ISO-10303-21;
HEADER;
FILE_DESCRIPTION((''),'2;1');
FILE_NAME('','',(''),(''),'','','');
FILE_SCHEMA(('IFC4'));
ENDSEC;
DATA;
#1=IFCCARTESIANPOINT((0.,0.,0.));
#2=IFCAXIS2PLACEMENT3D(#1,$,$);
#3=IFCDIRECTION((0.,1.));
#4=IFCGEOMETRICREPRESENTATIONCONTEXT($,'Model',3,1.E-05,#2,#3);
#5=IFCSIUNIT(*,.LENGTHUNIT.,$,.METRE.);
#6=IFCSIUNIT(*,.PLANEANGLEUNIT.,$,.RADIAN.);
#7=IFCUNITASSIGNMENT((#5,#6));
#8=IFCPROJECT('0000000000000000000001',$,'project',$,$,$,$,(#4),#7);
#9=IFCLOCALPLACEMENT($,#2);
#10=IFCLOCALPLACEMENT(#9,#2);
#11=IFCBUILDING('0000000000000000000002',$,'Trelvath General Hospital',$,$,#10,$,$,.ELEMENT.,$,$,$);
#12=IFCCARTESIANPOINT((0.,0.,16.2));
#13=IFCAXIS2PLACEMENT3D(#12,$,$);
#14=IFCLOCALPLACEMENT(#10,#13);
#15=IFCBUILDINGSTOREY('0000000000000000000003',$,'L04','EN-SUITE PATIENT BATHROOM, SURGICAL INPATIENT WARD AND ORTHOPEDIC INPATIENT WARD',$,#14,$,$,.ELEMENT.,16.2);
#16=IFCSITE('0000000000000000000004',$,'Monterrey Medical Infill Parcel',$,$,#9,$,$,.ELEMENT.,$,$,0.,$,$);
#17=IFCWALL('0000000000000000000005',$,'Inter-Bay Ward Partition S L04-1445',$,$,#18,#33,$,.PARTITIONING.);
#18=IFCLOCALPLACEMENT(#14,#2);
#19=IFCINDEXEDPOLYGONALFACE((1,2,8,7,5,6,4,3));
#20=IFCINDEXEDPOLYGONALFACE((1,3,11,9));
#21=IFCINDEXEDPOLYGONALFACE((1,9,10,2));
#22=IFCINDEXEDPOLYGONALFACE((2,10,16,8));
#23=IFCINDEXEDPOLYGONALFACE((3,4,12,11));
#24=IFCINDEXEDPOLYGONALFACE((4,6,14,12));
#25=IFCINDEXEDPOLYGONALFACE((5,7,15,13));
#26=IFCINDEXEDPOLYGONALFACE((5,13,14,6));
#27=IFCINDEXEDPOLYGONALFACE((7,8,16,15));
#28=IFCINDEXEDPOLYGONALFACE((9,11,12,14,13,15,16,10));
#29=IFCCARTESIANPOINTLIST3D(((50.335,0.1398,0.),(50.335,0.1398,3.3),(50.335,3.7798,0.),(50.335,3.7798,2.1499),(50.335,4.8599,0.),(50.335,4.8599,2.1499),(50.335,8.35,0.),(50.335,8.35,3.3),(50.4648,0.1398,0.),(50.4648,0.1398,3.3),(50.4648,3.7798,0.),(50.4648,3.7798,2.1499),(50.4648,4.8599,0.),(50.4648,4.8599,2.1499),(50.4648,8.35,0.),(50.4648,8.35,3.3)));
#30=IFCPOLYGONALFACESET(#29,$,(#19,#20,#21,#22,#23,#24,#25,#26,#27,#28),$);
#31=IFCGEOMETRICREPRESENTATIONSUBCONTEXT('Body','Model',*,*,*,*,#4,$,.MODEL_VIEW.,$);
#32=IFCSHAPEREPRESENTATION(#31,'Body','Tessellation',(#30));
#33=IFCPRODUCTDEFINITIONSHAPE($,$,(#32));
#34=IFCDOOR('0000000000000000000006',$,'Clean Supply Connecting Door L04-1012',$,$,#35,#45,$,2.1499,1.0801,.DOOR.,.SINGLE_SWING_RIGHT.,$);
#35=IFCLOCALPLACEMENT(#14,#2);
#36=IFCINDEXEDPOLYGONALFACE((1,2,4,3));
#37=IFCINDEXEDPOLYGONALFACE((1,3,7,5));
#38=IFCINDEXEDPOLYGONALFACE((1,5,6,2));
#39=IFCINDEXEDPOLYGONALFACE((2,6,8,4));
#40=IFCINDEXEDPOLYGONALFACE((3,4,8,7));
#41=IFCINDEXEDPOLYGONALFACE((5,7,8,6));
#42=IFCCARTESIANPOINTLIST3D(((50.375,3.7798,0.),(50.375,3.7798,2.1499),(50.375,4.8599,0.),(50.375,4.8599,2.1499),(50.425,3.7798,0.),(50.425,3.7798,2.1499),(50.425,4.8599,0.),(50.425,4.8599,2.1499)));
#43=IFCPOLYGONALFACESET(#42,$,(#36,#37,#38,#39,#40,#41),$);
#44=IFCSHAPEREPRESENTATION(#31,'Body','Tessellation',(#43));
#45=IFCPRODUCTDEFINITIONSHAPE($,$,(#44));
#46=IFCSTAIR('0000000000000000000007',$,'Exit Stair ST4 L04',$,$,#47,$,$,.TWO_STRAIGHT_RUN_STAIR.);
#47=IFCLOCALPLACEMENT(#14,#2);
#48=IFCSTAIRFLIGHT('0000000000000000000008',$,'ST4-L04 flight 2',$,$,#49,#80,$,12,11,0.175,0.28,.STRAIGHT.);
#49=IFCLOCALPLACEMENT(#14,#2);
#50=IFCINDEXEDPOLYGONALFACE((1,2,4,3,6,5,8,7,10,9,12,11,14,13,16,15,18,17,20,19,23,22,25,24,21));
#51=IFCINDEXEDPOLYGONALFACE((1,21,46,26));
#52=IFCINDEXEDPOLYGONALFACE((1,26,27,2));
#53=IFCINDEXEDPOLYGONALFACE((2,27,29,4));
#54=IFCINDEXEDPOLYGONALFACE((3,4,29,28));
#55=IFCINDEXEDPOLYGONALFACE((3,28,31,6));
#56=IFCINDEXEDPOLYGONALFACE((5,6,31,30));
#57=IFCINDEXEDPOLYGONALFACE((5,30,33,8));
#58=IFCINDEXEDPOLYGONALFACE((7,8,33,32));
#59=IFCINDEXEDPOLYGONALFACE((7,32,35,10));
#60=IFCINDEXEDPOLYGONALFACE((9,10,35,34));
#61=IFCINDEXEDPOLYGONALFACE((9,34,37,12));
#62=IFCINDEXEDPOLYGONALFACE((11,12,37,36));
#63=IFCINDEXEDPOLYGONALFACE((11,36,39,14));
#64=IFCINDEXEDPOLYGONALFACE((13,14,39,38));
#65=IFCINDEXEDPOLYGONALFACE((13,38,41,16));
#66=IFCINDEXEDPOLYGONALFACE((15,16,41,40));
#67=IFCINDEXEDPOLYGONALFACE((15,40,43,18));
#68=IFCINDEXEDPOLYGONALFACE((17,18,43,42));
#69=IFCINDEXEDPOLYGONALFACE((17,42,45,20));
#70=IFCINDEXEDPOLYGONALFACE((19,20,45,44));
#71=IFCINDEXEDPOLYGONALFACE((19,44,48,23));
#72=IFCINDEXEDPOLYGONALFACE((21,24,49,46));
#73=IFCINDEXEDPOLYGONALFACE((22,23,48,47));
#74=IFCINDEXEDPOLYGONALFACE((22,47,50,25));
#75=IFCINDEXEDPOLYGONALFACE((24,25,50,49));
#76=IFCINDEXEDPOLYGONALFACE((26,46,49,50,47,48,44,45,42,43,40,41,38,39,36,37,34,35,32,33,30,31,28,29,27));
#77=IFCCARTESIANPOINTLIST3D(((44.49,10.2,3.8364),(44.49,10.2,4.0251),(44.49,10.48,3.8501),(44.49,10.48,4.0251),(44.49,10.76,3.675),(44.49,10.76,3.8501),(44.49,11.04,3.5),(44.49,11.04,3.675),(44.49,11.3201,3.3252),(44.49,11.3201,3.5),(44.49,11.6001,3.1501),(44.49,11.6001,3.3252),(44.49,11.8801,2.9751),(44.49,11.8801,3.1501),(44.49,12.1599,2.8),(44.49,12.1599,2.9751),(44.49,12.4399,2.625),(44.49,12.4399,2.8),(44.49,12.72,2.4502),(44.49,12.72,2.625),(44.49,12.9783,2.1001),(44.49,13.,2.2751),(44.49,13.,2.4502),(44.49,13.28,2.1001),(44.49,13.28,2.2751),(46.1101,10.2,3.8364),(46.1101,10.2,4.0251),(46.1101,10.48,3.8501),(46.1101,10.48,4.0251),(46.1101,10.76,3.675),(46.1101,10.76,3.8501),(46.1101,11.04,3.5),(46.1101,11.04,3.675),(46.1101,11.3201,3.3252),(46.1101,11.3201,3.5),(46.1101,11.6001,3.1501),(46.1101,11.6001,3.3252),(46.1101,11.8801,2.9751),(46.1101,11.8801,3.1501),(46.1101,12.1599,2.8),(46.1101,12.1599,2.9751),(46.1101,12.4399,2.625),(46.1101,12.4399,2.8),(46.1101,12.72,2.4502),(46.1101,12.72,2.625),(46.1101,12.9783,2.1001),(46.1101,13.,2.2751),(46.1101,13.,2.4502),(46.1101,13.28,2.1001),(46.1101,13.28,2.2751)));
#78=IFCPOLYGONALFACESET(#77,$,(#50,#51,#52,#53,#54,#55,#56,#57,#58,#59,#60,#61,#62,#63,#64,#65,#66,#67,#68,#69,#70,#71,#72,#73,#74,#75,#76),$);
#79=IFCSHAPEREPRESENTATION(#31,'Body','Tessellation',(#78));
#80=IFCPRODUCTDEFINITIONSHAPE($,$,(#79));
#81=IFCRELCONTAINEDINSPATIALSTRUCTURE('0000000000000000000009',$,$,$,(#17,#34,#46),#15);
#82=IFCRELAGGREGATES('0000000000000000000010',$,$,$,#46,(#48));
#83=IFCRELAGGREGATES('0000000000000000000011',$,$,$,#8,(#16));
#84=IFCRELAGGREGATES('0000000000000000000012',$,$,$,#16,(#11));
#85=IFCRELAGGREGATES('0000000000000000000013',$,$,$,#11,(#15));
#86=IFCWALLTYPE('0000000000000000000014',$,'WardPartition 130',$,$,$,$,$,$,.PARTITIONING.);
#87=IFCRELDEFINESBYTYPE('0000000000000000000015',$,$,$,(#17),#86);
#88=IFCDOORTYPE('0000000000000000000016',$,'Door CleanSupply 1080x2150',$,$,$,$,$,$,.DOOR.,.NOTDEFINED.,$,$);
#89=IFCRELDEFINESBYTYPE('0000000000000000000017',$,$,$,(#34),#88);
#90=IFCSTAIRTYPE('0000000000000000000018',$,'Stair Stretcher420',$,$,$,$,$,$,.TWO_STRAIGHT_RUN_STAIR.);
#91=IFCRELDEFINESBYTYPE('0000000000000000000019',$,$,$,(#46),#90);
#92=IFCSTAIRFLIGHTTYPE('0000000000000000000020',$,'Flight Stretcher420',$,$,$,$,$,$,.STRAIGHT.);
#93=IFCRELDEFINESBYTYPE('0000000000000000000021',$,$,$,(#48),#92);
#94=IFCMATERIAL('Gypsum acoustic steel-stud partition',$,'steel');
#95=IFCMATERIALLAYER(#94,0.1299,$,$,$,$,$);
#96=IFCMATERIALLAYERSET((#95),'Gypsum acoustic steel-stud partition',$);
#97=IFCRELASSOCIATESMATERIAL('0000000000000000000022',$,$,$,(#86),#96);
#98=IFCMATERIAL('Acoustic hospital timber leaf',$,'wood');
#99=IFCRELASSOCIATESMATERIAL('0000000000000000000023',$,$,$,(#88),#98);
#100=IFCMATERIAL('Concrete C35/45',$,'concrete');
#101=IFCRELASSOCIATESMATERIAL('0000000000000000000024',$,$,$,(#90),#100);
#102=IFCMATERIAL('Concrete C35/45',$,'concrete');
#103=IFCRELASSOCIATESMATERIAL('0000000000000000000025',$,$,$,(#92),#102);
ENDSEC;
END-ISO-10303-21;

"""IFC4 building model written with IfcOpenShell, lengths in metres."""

from ifc_helpers import new_model, si_unit, direction, frame, frame_2d, origin, place, context, subcontext, project, spatial, polyline, rectangle, outline, extrude, material, layer, layer_set, type_object, element, fill, aggregate, save


model = new_model("IFC4")

# Units and contexts
model_context = context("Model", 3, precision=1e-05, world=origin(), true_north=direction((0.0, 1.0)))
body_context = subcontext(model_context, "Body", "Model", "MODEL_VIEW")
ifc_project = project(units=[si_unit("LENGTHUNIT", "METRE"), si_unit("PLANEANGLEUNIT", "RADIAN")], contexts=[model_context])

# Site, building, storey
site_placement = place(None, origin())
site = spatial("IfcSite", under=ifc_project, at=site_placement, Name="Monterrey Medical Infill Parcel", CompositionType="ELEMENT", RefElevation=0.0)
building_placement = place(site_placement, origin())
building = spatial("IfcBuilding", under=site, at=building_placement, Name="Trelvath General Hospital", CompositionType="ELEMENT")
storey_placement = place(building_placement, frame((0.0, 0.0, 16.2)))
storey = spatial("IfcBuildingStorey", under=building, at=storey_placement, Name="L04", Description="EN-SUITE PATIENT BATHROOM, SURGICAL INPATIENT WARD AND ORTHOPEDIC INPATIENT WARD", CompositionType="ELEMENT", Elevation=16.2)

# Wall, opening, door
ifc_material_1 = material(Name="Gypsum acoustic steel-stud partition", Category="steel")
ifc_layer_1 = layer(ifc_material_1, 0.1299)
ifc_layer_set_1 = layer_set([ifc_layer_1], Name="Gypsum acoustic steel-stud partition")
wall_type_1 = type_object("IfcWallType", Name="WardPartition 130", PredefinedType="PARTITIONING", material=ifc_layer_set_1)
wall_1_placement = place(storey_placement, frame((50.3999, 0.1399, 0.0), z_axis=(0.0, 0.0, 1.0), x_axis=(0.0, 1.0, 0.0)))
wall_1 = element("IfcWall", 1, at=wall_1_placement, inside=storey, type_object=wall_type_1, Name="Inter-Bay Ward Partition S L04-1445", PredefinedType="PARTITIONING", context=body_context, shape_type="SweptSolid", body=[
    extrude(rectangle(XDim=8.2102, YDim=0.1299, at=frame_2d((4.105, 0.0))), origin(), (0.0, 0.0, 1.0), 3.3),
])
opening_1_placement = place(wall_1_placement, frame((3.6399, 0.0, 0.0)))
opening_1 = element("IfcOpeningElement", 2, at=opening_1_placement, cuts=wall_1, PredefinedType="OPENING", context=body_context, shape_type="SweptSolid", body=[
    extrude(rectangle(XDim=1.0801, YDim=2.1499, at=frame_2d((0.54, 1.075))), frame((0.0, 0.075, 0.0), z_axis=(0.0, -1.0, 0.0), x_axis=(1.0, 0.0, 0.0)), (0.0, 0.0, 1.0), 0.1499),
])
ifc_material_2 = material(Name="Acoustic hospital timber leaf", Category="wood")
door_type_1 = type_object("IfcDoorType", Name="Door CleanSupply 1080x2150", OperationType="NOTDEFINED", PredefinedType="DOOR", material=ifc_material_2)
door_1_placement = place(opening_1_placement, origin())
door_1 = element("IfcDoor", 3, at=door_1_placement, inside=storey, type_object=door_type_1, Name="Clean Supply Connecting Door L04-1012", OperationType="SINGLE_SWING_RIGHT", OverallHeight=2.1499, OverallWidth=1.0801, PredefinedType="DOOR", context=body_context, shape_type="SweptSolid", body=[
    extrude(rectangle(XDim=1.0801, YDim=2.1499, at=frame_2d((0.54, 1.075))), frame((0.0, 0.0249, 0.0), z_axis=(0.0, -1.0, 0.0), x_axis=(1.0, 0.0, 0.0)), (0.0, 0.0, 1.0), 0.05),
])
fill(opening_1, door_1)

# Stair, stair flight
ifc_material_3 = material(Name="Concrete C35/45", Category="concrete")
stair_type = type_object("IfcStairType", Name="Stair Stretcher420", PredefinedType="TWO_STRAIGHT_RUN_STAIR", material=ifc_material_3)
stair_placement = place(storey_placement, origin())
stair = element("IfcStair", 4, at=stair_placement, inside=storey, type_object=stair_type, Name="Exit Stair ST4 L04", PredefinedType="TWO_STRAIGHT_RUN_STAIR")
ifc_material_4 = material(Name="Concrete C35/45", Category="concrete")
stair_flight_type = type_object("IfcStairFlightType", Name="Flight Stretcher420", PredefinedType="STRAIGHT", material=ifc_material_4)
stair_flight_placement = place(storey_placement, frame((45.3, 13.28, 2.1001), z_axis=(0.0, 0.0, 1.0), x_axis=(0.0, -1.0, 0.0)))
stair_flight = element("IfcStairFlight", 5, at=stair_flight_placement, type_object=stair_flight_type, Name="ST4-L04 flight 2", NumberOfRisers=12, NumberOfTreads=11, PredefinedType="STRAIGHT", RiserHeight=0.175, TreadLength=0.28, context=body_context, shape_type="SweptSolid", body=[
    extrude(outline(polyline([(0.0, 0.0), (0.0, 0.175), (0.28, 0.175), (0.28, 0.3501), (0.5601, 0.3501), (0.5601, 0.5249), (0.8401, 0.5249), (0.8401, 0.7), (1.1201, 0.7), (1.1201, 0.875), (1.3999, 0.875), (1.3999, 1.05), (1.6799, 1.05), (1.6799, 1.2251), (1.96, 1.2251), (1.96, 1.3999), (2.24, 1.3999), (2.24, 1.575), (2.52, 1.575), (2.52, 1.75), (2.8, 1.75), (2.8, 1.925), (3.0801, 1.925), (3.0801, 2.1001), (3.0801, 1.7363), (0.3018, 0.0), (0.0, 0.0)])), frame((0.0, 0.8101, 0.0), z_axis=(0.0, -1.0, 0.0), x_axis=(1.0, 0.0, 0.0)), (0.0, 0.0, 1.0), 1.6201),
])
aggregate(stair, [stair_flight])

save(model, "model.ifc")
